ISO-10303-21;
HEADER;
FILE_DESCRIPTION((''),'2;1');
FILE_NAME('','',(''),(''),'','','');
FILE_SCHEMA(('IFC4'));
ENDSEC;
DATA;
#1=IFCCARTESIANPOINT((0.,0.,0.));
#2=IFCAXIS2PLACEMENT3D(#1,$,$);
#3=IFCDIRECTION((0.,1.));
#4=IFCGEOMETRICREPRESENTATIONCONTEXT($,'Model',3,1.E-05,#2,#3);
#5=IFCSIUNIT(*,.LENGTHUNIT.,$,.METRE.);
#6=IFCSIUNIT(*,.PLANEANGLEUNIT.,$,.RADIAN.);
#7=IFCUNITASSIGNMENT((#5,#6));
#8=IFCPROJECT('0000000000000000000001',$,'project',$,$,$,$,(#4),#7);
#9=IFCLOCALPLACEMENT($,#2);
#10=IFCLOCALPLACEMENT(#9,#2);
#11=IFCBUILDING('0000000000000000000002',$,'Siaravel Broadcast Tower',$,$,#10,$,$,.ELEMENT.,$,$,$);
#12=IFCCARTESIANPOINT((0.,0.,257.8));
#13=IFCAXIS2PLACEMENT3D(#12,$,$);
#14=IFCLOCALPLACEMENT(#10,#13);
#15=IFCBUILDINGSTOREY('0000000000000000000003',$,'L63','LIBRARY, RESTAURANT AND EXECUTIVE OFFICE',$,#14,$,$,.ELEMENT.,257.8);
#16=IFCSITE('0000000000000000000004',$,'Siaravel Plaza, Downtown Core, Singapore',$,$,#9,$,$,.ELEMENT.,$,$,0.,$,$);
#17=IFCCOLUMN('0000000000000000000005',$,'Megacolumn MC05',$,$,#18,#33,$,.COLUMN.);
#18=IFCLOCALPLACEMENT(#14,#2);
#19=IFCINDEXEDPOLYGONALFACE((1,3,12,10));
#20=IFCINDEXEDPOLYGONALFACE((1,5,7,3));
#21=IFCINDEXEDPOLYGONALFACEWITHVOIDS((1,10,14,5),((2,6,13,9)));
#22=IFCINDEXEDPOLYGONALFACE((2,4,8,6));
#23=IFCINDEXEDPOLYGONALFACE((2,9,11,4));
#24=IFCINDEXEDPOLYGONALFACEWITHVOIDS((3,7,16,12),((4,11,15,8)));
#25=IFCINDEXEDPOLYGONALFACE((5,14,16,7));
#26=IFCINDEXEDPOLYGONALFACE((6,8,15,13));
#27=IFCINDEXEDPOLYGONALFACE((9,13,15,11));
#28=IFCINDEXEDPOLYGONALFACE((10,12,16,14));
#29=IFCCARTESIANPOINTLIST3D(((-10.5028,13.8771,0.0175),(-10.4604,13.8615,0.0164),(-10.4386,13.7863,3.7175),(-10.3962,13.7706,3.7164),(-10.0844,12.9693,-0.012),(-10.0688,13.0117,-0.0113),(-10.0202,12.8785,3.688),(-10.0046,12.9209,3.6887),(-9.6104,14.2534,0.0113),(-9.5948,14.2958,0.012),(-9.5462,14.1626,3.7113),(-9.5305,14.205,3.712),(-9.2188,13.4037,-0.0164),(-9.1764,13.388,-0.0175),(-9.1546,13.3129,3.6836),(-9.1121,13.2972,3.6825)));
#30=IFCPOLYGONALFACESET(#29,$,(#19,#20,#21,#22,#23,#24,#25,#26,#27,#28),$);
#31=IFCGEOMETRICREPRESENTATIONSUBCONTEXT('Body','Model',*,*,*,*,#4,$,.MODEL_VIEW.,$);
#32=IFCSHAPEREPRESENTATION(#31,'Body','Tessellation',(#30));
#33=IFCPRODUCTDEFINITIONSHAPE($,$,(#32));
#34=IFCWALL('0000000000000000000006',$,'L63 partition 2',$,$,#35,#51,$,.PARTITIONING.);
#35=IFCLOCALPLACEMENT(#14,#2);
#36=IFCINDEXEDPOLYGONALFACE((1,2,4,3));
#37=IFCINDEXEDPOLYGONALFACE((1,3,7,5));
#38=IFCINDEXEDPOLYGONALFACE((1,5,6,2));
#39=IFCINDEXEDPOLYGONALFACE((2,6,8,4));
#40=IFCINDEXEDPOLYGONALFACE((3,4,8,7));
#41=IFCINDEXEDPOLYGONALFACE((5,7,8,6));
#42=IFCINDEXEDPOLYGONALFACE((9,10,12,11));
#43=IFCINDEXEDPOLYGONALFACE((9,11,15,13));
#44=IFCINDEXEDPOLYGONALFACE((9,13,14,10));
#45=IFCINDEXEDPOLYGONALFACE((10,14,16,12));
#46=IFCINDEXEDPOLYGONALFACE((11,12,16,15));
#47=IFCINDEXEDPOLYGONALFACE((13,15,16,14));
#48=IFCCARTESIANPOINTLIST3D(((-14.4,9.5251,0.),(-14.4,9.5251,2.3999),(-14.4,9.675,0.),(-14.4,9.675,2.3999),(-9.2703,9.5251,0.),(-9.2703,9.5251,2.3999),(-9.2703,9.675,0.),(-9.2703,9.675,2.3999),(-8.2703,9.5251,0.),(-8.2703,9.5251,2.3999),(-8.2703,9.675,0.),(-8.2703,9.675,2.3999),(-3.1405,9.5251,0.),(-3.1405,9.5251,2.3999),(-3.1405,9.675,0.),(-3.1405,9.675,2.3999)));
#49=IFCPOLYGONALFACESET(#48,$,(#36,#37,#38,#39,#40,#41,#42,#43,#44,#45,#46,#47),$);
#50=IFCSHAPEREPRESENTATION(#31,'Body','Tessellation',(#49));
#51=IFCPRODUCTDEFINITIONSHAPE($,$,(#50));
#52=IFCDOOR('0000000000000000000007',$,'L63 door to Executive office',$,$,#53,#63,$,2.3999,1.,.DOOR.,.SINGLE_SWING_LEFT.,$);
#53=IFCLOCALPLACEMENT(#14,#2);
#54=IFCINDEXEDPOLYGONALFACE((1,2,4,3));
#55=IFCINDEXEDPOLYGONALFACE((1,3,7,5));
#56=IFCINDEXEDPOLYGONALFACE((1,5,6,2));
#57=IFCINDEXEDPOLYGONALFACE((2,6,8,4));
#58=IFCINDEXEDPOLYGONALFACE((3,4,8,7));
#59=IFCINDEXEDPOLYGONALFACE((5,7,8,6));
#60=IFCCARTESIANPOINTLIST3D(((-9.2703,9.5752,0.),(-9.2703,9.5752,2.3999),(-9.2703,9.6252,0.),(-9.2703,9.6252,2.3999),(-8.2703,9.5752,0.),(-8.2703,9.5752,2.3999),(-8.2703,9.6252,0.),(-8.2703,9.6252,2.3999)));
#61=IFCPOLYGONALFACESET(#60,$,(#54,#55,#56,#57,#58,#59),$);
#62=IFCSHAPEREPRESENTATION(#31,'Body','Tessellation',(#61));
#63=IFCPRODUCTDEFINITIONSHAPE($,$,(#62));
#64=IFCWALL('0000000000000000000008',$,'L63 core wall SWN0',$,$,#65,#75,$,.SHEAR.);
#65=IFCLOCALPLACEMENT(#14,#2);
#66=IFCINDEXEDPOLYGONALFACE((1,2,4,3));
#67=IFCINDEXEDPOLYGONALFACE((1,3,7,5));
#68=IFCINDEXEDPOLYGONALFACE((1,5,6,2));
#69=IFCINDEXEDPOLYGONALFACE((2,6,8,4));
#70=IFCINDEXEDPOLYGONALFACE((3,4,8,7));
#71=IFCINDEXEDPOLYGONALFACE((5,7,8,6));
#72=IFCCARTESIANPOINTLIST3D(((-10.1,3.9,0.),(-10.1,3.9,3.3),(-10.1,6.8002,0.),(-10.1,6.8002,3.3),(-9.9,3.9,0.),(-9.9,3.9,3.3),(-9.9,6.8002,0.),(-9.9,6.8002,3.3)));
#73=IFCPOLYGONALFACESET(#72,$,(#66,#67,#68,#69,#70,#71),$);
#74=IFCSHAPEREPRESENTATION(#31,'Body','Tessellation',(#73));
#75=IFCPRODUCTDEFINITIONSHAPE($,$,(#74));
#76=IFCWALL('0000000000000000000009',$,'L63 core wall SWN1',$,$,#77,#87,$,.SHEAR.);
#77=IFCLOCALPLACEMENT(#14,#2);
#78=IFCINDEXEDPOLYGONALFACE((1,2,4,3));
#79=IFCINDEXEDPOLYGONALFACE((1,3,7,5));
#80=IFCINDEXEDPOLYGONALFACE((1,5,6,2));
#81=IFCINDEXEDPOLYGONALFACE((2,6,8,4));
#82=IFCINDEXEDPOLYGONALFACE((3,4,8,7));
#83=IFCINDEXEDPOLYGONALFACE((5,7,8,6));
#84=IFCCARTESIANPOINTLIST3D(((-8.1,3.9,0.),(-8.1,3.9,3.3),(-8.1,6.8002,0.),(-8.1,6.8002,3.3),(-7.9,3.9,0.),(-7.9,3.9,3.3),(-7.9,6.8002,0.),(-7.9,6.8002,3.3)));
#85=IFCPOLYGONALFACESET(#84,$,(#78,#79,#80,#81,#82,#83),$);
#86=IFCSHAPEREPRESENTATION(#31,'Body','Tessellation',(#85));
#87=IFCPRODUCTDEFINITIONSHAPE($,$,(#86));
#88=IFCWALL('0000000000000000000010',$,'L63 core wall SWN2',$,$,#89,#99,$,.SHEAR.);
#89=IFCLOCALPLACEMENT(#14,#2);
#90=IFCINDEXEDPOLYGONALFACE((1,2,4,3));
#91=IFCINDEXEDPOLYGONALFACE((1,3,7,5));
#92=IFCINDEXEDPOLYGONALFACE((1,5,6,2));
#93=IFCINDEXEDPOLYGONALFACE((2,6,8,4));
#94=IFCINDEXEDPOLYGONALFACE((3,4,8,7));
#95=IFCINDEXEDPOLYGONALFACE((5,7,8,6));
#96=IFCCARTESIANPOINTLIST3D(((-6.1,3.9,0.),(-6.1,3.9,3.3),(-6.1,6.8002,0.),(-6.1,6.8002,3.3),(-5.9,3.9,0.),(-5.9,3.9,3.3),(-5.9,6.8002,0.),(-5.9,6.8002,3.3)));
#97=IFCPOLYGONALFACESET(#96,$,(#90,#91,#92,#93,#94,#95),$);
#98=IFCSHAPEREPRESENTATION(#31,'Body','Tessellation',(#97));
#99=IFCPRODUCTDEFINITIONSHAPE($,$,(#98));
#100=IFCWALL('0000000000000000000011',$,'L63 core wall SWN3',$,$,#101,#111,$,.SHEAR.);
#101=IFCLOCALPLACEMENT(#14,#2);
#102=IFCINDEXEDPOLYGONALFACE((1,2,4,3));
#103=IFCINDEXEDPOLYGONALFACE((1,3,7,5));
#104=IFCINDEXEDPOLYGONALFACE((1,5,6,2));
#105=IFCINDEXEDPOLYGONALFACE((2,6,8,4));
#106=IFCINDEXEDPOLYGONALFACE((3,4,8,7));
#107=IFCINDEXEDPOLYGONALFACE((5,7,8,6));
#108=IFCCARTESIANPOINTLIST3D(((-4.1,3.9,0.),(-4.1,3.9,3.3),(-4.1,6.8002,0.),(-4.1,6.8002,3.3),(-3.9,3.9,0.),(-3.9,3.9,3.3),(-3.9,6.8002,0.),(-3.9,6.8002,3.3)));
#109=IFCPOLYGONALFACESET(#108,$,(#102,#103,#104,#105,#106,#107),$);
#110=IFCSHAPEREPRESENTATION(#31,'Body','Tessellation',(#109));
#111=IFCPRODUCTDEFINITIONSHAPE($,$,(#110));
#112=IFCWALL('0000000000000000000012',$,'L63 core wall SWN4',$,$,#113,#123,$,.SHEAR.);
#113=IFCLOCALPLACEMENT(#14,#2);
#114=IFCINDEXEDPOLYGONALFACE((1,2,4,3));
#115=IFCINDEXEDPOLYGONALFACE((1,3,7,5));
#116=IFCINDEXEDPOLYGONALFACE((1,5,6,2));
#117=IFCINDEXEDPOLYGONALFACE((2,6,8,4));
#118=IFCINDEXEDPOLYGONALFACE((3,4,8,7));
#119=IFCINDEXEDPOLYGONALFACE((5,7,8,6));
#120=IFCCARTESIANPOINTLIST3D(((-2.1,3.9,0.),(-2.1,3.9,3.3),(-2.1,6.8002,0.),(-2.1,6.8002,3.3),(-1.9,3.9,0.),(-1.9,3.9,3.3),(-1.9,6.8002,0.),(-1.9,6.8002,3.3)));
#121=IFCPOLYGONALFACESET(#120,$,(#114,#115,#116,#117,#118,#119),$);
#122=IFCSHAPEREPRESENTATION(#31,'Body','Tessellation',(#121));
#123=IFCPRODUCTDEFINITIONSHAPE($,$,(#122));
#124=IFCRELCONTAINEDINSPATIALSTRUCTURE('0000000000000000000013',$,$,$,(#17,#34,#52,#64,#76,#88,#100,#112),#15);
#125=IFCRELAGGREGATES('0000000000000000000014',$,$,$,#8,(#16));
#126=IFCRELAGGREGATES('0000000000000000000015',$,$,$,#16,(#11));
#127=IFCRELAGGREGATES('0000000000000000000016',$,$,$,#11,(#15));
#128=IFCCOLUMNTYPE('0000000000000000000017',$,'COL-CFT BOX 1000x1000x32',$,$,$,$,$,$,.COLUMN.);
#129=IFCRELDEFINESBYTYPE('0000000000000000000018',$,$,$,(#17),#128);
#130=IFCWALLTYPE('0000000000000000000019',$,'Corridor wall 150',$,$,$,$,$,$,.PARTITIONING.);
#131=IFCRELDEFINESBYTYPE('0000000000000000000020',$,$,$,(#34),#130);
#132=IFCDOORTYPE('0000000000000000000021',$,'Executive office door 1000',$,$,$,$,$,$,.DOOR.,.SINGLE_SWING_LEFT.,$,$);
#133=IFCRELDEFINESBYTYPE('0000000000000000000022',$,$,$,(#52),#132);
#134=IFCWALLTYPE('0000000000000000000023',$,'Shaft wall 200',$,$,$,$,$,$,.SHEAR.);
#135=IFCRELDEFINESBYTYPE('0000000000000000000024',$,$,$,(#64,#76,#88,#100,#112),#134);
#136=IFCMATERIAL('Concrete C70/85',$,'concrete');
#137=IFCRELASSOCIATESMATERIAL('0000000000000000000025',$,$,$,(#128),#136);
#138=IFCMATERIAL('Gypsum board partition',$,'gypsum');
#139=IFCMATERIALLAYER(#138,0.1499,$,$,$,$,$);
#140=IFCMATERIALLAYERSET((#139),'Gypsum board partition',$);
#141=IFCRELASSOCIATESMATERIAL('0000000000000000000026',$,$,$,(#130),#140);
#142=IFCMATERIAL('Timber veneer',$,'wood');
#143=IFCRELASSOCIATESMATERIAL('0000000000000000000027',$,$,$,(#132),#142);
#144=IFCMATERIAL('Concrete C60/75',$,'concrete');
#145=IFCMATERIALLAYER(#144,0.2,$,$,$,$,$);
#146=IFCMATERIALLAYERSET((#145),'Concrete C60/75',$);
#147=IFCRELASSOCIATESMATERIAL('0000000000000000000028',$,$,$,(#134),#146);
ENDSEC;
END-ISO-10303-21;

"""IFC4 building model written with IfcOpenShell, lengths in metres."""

from ifc_helpers import new_model, si_unit, direction, frame, frame_2d, origin, origin_2d, place, context, subcontext, project, spatial, rectangle, hollow_rectangle, extrude, material, layer, layer_set, material_profile, profile_set, type_object, element, fill, save


model = new_model("IFC4")

# Units and contexts
model_context = context("Model", 3, precision=1e-05, world=origin(), true_north=direction((0.0, 1.0)))
body_context = subcontext(model_context, "Body", "Model", "MODEL_VIEW")
ifc_project = project(units=[si_unit("LENGTHUNIT", "METRE"), si_unit("PLANEANGLEUNIT", "RADIAN")], contexts=[model_context])

# Site, building, storey
site_placement = place(None, origin())
site = spatial("IfcSite", under=ifc_project, at=site_placement, Name="Siaravel Plaza, Downtown Core, Singapore", CompositionType="ELEMENT", RefElevation=0.0)
building_placement = place(site_placement, origin())
building = spatial("IfcBuilding", under=site, at=building_placement, Name="Siaravel Broadcast Tower", CompositionType="ELEMENT")
storey_placement = place(building_placement, frame((0.0, 0.0, 257.8)))
storey = spatial("IfcBuildingStorey", under=building, at=storey_placement, Name="L63", Description="LIBRARY, RESTAURANT AND EXECUTIVE OFFICE", CompositionType="ELEMENT", Elevation=257.8)

# Column
ifc_material_1 = material(Name="Concrete C70/85", Category="concrete")
ifc_material_profile = material_profile(ifc_material_1, hollow_rectangle(XDim=1.0, YDim=1.0, WallThickness=0.032, at=origin_2d()))
ifc_profile_set = profile_set([ifc_material_profile], Name="Concrete C70/85")
column_type = type_object("IfcColumnType", Name="COL-CFT BOX 1000x1000x32", PredefinedType="COLUMN", material=ifc_profile_set)
column_placement = place(storey_placement, frame((-9.8396, 13.6326, 0.0), z_axis=(0.017346, -0.024535, 0.999548), x_axis=(0.908096, 0.418725, -0.005481)))
element("IfcColumn", 1, at=column_placement, inside=storey, type_object=column_type, Name="Megacolumn MC05", PredefinedType="COLUMN", context=body_context, shape_type="SweptSolid", body=[
    extrude(hollow_rectangle(XDim=1.0, YDim=1.0, WallThickness=0.032, at=origin_2d()), origin(), (0.0, 0.0, 1.0), 3.7017),
])

# Shared definitions
ifc_material_2 = material(Name="Concrete C60/75", Category="concrete")
ifc_material_3 = material(Name="Timber veneer", Category="wood")

# Wall, opening, door
ifc_material_4 = material(Name="Gypsum board partition", Category="gypsum")
ifc_layer_1 = layer(ifc_material_4, 0.1499)
ifc_layer_set_1 = layer_set([ifc_layer_1], Name="Gypsum board partition")
wall_type_1 = type_object("IfcWallType", Name="Corridor wall 150", PredefinedType="PARTITIONING", material=ifc_layer_set_1)
wall_1_placement = place(storey_placement, frame((-3.1404, 9.6001, 0.0), z_axis=(0.0, 0.0, 1.0), x_axis=(-1.0, 0.0, 0.0)))
wall_1 = element("IfcWall", 2, at=wall_1_placement, inside=storey, type_object=wall_type_1, Name="L63 partition 2", PredefinedType="PARTITIONING", context=body_context, shape_type="SweptSolid", body=[
    extrude(rectangle(XDim=11.2595, YDim=0.1499, at=frame_2d((5.6299, 0.0))), origin(), (0.0, 0.0, 1.0), 2.3999),
])
opening_1_placement = place(wall_1_placement, frame((5.1299, 0.0, 0.0)))
opening_1 = element("IfcOpeningElement", 3, at=opening_1_placement, cuts=wall_1, PredefinedType="OPENING", context=body_context, shape_type="SweptSolid", body=[
    extrude(rectangle(XDim=1.0, YDim=2.3999, at=frame_2d((0.5, 1.2))), frame((0.0, 0.085, 0.0), z_axis=(0.0, -1.0, 0.0), x_axis=(1.0, 0.0, 0.0)), (0.0, 0.0, 1.0), 0.1699),
])
door_type_1 = type_object("IfcDoorType", Name="Executive office door 1000", OperationType="SINGLE_SWING_LEFT", PredefinedType="DOOR", material=ifc_material_3)
door_1_placement = place(opening_1_placement, origin())
door_1 = element("IfcDoor", 4, at=door_1_placement, inside=storey, type_object=door_type_1, Name="L63 door to Executive office", OperationType="SINGLE_SWING_LEFT", OverallHeight=2.3999, OverallWidth=1.0, PredefinedType="DOOR", context=body_context, shape_type="SweptSolid", body=[
    extrude(rectangle(XDim=1.0, YDim=2.3999, at=frame_2d((0.5, 1.2))), frame((0.0, 0.0249, 0.0), z_axis=(0.0, -1.0, 0.0), x_axis=(1.0, 0.0, 0.0)), (0.0, 0.0, 1.0), 0.05),
])
fill(opening_1, door_1)

# Walls
ifc_layer_2 = layer(ifc_material_2, 0.2)
ifc_layer_set_2 = layer_set([ifc_layer_2], Name="Concrete C60/75")
wall_type_2 = type_object("IfcWallType", Name="Shaft wall 200", PredefinedType="SHEAR", material=ifc_layer_set_2)
for number, where, z_axis, x_axis, name in (
    (5, (-10.0, 3.8999, 0.0), (0.0, 0.0, 1.0), (0.0, 1.0, 0.0), "L63 core wall SWN0"),
    (6, (-8.0, 3.8999, 0.0), (0.0, 0.0, 1.0), (0.0, 1.0, 0.0), "L63 core wall SWN1"),
    (7, (-6.0, 3.8999, 0.0), (0.0, 0.0, 1.0), (0.0, 1.0, 0.0), "L63 core wall SWN2"),
    (8, (-4.0, 3.8999, 0.0), (0.0, 0.0, 1.0), (0.0, 1.0, 0.0), "L63 core wall SWN3"),
    (9, (-2.0, 3.8999, 0.0), (0.0, 0.0, 1.0), (0.0, 1.0, 0.0), "L63 core wall SWN4"),
):
    element("IfcWall", number, at=place(storey_placement, frame(where, z_axis=z_axis, x_axis=x_axis)), inside=storey, type_object=wall_type_2, Name=name, PredefinedType="SHEAR", context=body_context, shape_type="SweptSolid", body=[
        extrude(rectangle(XDim=2.9001, YDim=0.2, at=frame_2d((1.4502, 0.0))), origin(), (0.0, 0.0, 1.0), 3.3),
    ])

save(model, "model.ifc")
